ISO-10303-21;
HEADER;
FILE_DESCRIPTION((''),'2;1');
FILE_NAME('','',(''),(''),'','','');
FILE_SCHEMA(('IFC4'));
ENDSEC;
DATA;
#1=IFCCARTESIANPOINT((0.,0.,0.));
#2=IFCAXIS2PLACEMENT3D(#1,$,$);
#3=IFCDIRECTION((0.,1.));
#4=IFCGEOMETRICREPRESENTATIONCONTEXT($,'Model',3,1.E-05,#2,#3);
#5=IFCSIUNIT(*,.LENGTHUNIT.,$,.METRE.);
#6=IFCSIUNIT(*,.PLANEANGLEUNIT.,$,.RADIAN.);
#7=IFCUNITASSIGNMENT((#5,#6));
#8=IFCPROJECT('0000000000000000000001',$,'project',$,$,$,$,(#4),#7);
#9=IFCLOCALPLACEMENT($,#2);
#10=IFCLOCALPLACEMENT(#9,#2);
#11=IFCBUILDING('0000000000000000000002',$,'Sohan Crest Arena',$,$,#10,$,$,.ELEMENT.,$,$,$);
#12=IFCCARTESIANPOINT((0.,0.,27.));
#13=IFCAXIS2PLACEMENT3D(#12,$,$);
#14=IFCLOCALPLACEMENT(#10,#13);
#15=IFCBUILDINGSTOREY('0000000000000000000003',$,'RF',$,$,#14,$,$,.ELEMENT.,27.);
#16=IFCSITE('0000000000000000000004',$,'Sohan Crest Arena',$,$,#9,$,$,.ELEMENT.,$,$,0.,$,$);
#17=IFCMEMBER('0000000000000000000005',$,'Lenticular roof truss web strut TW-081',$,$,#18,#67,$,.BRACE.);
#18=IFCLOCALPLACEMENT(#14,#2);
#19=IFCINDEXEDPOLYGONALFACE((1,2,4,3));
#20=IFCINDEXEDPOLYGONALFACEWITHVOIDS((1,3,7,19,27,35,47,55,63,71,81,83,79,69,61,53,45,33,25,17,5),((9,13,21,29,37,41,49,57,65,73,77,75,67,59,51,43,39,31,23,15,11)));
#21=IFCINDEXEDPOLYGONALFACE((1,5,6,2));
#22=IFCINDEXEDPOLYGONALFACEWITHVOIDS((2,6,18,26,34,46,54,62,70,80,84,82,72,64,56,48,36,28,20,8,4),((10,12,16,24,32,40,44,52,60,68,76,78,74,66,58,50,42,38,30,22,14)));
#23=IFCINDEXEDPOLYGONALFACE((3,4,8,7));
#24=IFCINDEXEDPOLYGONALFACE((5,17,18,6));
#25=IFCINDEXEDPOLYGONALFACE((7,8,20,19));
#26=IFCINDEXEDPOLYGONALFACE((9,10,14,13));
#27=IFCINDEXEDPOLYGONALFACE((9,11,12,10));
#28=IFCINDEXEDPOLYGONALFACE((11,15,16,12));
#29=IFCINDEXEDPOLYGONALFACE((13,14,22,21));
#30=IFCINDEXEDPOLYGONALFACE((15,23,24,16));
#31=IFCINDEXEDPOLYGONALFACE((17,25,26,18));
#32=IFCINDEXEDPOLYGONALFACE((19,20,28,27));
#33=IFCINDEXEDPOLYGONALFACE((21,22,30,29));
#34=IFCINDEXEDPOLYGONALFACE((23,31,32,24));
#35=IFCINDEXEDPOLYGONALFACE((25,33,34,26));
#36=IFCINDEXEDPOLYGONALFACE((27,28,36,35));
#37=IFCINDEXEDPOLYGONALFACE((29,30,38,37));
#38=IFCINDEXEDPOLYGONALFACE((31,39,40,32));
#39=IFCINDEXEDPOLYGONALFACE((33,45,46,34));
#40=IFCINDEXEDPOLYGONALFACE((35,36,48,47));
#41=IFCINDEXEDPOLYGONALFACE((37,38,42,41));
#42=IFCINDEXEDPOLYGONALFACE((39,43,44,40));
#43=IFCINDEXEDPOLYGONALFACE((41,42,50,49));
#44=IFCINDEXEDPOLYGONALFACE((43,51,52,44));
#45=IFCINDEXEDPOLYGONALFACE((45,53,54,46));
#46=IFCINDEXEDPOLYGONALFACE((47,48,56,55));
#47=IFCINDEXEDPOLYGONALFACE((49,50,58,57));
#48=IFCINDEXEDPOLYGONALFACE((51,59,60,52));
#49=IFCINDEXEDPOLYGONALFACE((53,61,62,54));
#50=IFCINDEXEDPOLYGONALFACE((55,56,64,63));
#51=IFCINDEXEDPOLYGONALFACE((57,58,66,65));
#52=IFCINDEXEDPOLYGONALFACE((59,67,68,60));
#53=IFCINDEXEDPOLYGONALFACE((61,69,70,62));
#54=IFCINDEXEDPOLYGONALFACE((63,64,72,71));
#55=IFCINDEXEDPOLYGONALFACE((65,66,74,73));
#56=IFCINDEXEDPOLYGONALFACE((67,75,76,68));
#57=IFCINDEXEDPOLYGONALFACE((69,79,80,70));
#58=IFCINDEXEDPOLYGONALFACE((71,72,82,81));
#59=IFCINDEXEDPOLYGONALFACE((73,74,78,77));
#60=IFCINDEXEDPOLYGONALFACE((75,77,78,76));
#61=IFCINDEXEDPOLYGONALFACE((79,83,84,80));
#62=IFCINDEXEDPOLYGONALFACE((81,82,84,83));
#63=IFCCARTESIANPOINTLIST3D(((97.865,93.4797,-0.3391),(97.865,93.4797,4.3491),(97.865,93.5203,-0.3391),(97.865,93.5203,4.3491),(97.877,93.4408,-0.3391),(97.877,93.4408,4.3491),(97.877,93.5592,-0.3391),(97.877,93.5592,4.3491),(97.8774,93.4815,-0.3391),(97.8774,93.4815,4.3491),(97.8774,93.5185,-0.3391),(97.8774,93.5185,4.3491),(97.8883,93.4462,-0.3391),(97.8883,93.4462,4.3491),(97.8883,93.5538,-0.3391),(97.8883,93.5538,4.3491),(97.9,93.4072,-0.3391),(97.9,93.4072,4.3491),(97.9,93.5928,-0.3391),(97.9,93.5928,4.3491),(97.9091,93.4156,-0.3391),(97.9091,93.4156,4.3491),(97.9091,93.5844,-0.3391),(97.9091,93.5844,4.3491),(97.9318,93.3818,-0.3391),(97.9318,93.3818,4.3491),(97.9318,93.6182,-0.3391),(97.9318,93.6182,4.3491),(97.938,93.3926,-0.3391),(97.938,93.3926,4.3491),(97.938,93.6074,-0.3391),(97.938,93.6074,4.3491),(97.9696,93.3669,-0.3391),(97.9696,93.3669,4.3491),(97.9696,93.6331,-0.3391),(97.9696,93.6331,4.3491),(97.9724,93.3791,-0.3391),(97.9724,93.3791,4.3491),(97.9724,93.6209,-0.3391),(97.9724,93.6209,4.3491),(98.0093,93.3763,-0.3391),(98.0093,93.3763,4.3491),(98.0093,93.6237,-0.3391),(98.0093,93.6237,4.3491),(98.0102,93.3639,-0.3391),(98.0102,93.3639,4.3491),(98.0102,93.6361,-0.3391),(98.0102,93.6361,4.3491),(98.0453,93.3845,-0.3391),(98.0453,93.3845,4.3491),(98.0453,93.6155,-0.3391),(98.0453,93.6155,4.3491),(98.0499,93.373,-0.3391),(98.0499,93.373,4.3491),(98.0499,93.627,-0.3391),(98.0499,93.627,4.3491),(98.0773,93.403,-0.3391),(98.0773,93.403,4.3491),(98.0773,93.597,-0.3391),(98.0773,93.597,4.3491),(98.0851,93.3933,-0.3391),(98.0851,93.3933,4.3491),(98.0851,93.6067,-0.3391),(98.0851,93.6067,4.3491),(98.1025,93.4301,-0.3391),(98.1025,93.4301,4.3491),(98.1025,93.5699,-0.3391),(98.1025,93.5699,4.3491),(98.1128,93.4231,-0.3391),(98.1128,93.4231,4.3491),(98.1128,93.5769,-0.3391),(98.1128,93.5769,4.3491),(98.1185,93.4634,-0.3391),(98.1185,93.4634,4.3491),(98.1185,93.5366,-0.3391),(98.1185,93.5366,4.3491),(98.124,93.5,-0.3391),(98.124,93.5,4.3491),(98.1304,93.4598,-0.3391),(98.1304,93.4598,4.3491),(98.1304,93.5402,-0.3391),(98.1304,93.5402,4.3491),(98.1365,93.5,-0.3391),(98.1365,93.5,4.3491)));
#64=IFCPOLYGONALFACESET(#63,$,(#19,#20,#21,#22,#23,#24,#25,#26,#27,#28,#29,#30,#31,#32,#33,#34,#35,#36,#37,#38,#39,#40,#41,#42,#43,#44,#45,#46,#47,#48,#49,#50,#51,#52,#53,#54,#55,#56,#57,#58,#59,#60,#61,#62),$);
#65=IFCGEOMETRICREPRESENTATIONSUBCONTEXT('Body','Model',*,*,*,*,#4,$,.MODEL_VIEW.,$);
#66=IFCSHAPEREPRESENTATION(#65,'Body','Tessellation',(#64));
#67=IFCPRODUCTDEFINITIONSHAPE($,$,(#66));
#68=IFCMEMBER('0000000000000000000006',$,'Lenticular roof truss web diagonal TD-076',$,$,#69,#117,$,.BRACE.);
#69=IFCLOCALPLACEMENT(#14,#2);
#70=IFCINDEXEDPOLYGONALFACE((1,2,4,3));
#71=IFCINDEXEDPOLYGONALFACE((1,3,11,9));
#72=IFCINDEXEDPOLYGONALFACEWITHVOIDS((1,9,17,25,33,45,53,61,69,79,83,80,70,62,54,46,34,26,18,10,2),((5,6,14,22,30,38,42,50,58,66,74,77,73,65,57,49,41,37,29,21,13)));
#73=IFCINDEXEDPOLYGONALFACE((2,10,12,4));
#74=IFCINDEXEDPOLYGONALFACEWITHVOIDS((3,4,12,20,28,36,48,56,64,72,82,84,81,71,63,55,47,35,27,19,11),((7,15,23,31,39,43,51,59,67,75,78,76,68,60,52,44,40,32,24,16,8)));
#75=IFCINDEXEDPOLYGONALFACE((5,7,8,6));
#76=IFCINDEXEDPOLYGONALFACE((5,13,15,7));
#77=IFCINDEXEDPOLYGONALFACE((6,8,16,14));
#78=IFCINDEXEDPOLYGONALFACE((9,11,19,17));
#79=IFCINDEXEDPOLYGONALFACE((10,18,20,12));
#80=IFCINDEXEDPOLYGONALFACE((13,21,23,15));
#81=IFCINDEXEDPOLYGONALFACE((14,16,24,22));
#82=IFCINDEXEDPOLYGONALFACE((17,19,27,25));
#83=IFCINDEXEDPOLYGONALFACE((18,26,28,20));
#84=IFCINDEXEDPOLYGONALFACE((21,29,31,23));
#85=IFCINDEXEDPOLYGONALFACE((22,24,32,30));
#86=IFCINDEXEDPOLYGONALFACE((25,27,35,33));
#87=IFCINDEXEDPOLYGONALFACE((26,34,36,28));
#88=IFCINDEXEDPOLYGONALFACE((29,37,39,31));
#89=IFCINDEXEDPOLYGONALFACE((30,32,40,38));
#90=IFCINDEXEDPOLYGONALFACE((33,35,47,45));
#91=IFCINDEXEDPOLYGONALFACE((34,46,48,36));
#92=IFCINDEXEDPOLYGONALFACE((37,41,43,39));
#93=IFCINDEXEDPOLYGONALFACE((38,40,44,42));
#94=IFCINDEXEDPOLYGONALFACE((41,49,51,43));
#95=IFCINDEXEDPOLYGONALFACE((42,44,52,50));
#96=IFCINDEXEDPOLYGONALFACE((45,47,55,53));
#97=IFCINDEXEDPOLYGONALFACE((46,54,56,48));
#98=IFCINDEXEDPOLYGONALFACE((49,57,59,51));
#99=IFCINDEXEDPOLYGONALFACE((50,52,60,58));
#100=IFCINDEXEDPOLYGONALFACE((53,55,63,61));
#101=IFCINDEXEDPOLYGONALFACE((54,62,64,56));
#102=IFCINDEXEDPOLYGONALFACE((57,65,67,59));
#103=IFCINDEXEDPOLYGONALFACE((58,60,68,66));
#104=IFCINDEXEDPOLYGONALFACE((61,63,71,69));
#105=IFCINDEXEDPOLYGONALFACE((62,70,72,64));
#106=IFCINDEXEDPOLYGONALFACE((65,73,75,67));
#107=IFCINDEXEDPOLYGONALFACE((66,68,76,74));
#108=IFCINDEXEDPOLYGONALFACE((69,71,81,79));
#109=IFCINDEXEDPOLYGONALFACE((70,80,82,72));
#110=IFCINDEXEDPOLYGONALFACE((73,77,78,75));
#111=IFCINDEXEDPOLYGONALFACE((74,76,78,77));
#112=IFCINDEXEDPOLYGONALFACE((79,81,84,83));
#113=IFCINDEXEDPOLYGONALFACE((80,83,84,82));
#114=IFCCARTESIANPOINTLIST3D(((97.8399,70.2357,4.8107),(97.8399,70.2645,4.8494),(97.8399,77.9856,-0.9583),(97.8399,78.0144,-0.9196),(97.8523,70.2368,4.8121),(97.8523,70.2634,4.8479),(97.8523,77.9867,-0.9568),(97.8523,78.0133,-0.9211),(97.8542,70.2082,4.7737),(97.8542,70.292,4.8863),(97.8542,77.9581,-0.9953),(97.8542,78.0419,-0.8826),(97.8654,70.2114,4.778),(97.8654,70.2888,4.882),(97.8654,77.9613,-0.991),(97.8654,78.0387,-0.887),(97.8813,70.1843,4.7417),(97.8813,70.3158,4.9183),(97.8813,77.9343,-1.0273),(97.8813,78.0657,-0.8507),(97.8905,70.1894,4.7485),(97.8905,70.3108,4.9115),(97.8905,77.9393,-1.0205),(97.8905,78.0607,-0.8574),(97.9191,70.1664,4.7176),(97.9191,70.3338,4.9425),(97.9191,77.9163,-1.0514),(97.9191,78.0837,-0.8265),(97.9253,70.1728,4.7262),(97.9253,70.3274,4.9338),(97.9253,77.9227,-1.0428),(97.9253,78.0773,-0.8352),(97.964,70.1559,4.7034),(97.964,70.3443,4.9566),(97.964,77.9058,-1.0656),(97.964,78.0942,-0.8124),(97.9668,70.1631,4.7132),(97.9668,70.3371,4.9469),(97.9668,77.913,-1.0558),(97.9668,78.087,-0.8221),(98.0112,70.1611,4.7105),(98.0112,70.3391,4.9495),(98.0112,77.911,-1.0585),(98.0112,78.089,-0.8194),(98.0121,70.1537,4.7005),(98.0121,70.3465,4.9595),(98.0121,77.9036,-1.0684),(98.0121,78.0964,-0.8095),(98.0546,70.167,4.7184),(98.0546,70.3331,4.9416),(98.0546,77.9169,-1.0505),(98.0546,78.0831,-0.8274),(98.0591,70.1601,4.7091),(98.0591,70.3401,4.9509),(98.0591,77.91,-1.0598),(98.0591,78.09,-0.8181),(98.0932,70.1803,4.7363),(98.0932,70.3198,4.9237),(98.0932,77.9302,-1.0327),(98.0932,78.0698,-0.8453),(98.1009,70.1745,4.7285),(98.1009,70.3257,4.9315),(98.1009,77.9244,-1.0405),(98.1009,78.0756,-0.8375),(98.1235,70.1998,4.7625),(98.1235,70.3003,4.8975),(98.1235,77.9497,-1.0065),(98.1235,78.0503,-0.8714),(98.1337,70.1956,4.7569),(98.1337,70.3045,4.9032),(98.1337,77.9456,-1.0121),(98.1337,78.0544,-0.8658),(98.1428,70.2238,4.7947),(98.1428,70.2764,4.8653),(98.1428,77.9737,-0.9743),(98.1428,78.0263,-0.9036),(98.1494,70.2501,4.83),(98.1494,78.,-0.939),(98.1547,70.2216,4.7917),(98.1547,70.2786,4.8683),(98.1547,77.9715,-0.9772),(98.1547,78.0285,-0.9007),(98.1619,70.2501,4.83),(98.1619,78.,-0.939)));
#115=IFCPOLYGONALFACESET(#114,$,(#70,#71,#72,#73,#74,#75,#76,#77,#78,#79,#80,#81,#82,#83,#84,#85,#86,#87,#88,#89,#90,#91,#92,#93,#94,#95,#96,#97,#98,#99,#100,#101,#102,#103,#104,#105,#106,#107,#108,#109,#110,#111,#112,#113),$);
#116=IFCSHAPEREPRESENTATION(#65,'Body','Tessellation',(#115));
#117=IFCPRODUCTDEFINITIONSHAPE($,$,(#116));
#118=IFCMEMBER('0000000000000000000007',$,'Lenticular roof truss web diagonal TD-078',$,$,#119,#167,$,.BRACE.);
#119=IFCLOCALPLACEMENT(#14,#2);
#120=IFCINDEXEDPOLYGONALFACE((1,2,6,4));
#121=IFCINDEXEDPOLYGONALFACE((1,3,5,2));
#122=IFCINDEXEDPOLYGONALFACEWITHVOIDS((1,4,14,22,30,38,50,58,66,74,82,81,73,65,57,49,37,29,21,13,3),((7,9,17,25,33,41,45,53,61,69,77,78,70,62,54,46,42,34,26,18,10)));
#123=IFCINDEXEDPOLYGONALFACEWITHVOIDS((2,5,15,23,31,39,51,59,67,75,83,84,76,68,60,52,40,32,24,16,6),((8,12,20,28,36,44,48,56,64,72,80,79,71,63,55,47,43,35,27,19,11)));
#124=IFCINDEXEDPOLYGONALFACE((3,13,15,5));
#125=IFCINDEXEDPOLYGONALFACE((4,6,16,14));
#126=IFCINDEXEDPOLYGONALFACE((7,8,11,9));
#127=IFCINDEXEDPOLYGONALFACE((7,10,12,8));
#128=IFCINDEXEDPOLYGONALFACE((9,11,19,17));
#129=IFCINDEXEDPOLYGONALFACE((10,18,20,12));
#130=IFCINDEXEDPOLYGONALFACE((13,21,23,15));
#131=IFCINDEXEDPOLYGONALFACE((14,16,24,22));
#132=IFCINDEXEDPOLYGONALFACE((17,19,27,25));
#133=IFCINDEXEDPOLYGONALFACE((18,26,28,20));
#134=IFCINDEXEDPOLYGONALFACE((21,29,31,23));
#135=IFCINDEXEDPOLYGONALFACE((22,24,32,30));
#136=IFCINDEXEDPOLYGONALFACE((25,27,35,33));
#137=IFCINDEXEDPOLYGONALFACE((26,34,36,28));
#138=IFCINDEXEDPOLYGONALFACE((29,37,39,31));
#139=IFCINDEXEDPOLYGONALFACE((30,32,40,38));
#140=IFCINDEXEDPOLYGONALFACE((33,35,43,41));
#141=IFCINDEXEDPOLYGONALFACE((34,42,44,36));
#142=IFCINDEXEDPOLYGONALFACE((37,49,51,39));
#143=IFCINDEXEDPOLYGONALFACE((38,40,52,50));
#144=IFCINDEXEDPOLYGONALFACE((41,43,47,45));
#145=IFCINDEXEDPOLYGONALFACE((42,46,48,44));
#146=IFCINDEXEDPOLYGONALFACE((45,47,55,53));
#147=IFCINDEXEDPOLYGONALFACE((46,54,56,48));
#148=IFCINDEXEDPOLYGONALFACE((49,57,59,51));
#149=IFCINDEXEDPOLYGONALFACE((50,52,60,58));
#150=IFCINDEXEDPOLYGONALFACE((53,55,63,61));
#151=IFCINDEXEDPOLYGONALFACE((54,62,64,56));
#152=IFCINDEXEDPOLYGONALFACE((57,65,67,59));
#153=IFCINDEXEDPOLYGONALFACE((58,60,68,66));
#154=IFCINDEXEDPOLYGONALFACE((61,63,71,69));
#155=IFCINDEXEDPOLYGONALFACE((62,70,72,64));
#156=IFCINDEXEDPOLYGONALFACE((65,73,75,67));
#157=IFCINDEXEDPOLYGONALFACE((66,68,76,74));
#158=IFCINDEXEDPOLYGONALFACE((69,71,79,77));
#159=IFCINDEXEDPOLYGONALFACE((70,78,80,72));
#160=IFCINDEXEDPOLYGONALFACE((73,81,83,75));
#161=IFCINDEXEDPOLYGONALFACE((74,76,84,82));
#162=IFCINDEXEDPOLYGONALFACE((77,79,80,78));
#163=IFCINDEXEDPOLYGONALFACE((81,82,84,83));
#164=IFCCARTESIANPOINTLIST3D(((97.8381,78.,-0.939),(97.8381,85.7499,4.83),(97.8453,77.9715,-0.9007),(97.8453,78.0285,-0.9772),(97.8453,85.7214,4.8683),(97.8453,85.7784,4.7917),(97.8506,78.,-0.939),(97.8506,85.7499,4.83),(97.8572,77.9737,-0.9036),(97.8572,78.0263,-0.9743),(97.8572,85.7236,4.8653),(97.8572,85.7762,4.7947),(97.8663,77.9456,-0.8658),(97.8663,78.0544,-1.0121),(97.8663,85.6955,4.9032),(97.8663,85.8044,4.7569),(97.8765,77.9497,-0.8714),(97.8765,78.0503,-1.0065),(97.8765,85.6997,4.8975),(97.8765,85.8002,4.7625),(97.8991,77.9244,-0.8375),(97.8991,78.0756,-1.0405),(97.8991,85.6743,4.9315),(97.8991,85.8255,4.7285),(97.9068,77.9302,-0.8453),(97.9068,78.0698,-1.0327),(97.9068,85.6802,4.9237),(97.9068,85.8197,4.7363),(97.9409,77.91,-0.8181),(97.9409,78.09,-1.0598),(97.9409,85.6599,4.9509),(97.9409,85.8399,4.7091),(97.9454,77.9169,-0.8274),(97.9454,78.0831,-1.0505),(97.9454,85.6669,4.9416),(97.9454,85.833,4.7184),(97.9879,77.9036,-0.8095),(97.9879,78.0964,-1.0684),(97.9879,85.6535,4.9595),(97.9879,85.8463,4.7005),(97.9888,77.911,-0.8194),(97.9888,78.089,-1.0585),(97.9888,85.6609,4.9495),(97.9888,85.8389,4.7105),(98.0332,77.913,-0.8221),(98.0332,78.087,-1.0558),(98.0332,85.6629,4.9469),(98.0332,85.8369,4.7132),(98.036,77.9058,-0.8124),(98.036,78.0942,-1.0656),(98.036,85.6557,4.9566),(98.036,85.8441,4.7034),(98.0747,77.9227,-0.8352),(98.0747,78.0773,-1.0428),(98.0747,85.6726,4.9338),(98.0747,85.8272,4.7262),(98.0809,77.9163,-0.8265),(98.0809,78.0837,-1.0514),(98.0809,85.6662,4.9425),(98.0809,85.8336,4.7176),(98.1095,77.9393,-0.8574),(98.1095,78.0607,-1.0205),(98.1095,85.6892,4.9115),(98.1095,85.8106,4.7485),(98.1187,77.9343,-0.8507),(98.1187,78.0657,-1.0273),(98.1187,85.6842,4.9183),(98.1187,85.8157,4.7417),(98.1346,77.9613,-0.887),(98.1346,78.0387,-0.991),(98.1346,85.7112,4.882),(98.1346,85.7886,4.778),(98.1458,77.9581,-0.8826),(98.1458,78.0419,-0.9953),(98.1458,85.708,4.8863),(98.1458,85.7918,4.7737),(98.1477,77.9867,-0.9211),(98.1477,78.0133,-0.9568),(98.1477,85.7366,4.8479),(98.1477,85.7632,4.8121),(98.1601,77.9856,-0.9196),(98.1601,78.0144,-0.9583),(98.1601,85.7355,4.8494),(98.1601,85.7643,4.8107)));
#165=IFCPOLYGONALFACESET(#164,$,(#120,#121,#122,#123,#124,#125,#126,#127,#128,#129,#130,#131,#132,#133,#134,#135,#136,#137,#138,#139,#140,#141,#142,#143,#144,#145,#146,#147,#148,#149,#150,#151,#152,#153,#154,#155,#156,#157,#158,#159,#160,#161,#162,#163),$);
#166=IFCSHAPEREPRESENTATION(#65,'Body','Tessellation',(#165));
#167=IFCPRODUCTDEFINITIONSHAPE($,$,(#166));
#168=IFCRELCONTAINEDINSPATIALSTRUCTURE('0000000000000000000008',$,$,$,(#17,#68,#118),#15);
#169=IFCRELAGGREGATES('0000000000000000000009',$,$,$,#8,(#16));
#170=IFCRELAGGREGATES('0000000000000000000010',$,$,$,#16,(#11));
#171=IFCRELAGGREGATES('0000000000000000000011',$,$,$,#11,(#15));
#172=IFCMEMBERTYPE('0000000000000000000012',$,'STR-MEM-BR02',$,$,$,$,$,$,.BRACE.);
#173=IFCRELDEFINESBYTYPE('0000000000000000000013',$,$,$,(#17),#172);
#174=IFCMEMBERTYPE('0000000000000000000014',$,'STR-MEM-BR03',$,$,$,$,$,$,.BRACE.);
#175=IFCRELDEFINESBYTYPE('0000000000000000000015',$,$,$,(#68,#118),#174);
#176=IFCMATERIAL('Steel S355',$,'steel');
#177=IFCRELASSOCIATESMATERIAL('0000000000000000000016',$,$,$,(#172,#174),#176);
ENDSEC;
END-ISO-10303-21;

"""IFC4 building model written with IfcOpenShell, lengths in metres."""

from ifc_helpers import new_model, si_unit, direction, frame, origin, origin_2d, place, context, subcontext, project, spatial, hollow_circle, extrude, material, material_profile, profile_set, type_object, element, save


model = new_model("IFC4")

# Units and contexts
model_context = context("Model", 3, precision=1e-05, world=origin(), true_north=direction((0.0, 1.0)))
body_context = subcontext(model_context, "Body", "Model", "MODEL_VIEW")
ifc_project = project(units=[si_unit("LENGTHUNIT", "METRE"), si_unit("PLANEANGLEUNIT", "RADIAN")], contexts=[model_context])

# Site, building, storey
site_placement = place(None, origin())
site = spatial("IfcSite", under=ifc_project, at=site_placement, Name="Sohan Crest Arena", CompositionType="ELEMENT", RefElevation=0.0)
building_placement = place(site_placement, origin())
building = spatial("IfcBuilding", under=site, at=building_placement, Name="Sohan Crest Arena", CompositionType="ELEMENT")
storey_placement = place(building_placement, frame((0.0, 0.0, 27.0)))
storey = spatial("IfcBuildingStorey", under=building, at=storey_placement, Name="RF", CompositionType="ELEMENT", Elevation=27.0)

# Shared definitions
ifc_material_1 = material(Name="Steel S355", Category="steel")

# Members
ifc_material_profile_1 = material_profile(ifc_material_1, hollow_circle(Radius=0.1365, WallThickness=0.0125, at=origin_2d()), Name="CHS 273x12.5")
ifc_profile_set_1 = profile_set([ifc_material_profile_1], Name="Steel S355")
member_type_1 = type_object("IfcMemberType", Name="STR-MEM-BR02", PredefinedType="BRACE", material=ifc_profile_set_1)
member_1_placement = place(storey_placement, frame((98.0, 93.5, -0.3391), z_axis=(0.0, 0.0, 1.0), x_axis=(1.0, 0.0, 0.0)))
element("IfcMember", 1, at=member_1_placement, inside=storey, type_object=member_type_1, Name="Lenticular roof truss web strut TW-081", PredefinedType="BRACE", context=body_context, shape_type="SweptSolid", body=[
    extrude(hollow_circle(Radius=0.1365, WallThickness=0.0125, at=origin_2d()), origin(), (0.0, 0.0, 1.0), 4.6882),
])
ifc_material_profile_2 = material_profile(ifc_material_1, hollow_circle(Radius=0.1619, WallThickness=0.0125, at=origin_2d()), Name="CHS 323.9x12.5")
ifc_profile_set_2 = profile_set([ifc_material_profile_2], Name="Steel S355")
member_type_2 = type_object("IfcMemberType", Name="STR-MEM-BR03", PredefinedType="BRACE", material=ifc_profile_set_2)
for number, where, z_axis, x_axis, name in (
    (2, (98.0, 78.0, -0.939), (0.0, -0.802154, 0.597117), (1.0, 0.0, 0.0), "Lenticular roof truss web diagonal TD-076"),
    (3, (98.0, 78.0, -0.939), (0.0, 0.802154, 0.597117), (-1.0, 0.0, 0.0), "Lenticular roof truss web diagonal TD-078"),
):
    element("IfcMember", number, at=place(storey_placement, frame(where, z_axis=z_axis, x_axis=x_axis)), inside=storey, type_object=member_type_2, Name=name, PredefinedType="BRACE", context=body_context, shape_type="SweptSolid", body=[
        extrude(hollow_circle(Radius=0.1619, WallThickness=0.0125, at=origin_2d()), origin(), (0.0, 0.0, 1.0), 9.6614),
    ])

save(model, "model.ifc")
